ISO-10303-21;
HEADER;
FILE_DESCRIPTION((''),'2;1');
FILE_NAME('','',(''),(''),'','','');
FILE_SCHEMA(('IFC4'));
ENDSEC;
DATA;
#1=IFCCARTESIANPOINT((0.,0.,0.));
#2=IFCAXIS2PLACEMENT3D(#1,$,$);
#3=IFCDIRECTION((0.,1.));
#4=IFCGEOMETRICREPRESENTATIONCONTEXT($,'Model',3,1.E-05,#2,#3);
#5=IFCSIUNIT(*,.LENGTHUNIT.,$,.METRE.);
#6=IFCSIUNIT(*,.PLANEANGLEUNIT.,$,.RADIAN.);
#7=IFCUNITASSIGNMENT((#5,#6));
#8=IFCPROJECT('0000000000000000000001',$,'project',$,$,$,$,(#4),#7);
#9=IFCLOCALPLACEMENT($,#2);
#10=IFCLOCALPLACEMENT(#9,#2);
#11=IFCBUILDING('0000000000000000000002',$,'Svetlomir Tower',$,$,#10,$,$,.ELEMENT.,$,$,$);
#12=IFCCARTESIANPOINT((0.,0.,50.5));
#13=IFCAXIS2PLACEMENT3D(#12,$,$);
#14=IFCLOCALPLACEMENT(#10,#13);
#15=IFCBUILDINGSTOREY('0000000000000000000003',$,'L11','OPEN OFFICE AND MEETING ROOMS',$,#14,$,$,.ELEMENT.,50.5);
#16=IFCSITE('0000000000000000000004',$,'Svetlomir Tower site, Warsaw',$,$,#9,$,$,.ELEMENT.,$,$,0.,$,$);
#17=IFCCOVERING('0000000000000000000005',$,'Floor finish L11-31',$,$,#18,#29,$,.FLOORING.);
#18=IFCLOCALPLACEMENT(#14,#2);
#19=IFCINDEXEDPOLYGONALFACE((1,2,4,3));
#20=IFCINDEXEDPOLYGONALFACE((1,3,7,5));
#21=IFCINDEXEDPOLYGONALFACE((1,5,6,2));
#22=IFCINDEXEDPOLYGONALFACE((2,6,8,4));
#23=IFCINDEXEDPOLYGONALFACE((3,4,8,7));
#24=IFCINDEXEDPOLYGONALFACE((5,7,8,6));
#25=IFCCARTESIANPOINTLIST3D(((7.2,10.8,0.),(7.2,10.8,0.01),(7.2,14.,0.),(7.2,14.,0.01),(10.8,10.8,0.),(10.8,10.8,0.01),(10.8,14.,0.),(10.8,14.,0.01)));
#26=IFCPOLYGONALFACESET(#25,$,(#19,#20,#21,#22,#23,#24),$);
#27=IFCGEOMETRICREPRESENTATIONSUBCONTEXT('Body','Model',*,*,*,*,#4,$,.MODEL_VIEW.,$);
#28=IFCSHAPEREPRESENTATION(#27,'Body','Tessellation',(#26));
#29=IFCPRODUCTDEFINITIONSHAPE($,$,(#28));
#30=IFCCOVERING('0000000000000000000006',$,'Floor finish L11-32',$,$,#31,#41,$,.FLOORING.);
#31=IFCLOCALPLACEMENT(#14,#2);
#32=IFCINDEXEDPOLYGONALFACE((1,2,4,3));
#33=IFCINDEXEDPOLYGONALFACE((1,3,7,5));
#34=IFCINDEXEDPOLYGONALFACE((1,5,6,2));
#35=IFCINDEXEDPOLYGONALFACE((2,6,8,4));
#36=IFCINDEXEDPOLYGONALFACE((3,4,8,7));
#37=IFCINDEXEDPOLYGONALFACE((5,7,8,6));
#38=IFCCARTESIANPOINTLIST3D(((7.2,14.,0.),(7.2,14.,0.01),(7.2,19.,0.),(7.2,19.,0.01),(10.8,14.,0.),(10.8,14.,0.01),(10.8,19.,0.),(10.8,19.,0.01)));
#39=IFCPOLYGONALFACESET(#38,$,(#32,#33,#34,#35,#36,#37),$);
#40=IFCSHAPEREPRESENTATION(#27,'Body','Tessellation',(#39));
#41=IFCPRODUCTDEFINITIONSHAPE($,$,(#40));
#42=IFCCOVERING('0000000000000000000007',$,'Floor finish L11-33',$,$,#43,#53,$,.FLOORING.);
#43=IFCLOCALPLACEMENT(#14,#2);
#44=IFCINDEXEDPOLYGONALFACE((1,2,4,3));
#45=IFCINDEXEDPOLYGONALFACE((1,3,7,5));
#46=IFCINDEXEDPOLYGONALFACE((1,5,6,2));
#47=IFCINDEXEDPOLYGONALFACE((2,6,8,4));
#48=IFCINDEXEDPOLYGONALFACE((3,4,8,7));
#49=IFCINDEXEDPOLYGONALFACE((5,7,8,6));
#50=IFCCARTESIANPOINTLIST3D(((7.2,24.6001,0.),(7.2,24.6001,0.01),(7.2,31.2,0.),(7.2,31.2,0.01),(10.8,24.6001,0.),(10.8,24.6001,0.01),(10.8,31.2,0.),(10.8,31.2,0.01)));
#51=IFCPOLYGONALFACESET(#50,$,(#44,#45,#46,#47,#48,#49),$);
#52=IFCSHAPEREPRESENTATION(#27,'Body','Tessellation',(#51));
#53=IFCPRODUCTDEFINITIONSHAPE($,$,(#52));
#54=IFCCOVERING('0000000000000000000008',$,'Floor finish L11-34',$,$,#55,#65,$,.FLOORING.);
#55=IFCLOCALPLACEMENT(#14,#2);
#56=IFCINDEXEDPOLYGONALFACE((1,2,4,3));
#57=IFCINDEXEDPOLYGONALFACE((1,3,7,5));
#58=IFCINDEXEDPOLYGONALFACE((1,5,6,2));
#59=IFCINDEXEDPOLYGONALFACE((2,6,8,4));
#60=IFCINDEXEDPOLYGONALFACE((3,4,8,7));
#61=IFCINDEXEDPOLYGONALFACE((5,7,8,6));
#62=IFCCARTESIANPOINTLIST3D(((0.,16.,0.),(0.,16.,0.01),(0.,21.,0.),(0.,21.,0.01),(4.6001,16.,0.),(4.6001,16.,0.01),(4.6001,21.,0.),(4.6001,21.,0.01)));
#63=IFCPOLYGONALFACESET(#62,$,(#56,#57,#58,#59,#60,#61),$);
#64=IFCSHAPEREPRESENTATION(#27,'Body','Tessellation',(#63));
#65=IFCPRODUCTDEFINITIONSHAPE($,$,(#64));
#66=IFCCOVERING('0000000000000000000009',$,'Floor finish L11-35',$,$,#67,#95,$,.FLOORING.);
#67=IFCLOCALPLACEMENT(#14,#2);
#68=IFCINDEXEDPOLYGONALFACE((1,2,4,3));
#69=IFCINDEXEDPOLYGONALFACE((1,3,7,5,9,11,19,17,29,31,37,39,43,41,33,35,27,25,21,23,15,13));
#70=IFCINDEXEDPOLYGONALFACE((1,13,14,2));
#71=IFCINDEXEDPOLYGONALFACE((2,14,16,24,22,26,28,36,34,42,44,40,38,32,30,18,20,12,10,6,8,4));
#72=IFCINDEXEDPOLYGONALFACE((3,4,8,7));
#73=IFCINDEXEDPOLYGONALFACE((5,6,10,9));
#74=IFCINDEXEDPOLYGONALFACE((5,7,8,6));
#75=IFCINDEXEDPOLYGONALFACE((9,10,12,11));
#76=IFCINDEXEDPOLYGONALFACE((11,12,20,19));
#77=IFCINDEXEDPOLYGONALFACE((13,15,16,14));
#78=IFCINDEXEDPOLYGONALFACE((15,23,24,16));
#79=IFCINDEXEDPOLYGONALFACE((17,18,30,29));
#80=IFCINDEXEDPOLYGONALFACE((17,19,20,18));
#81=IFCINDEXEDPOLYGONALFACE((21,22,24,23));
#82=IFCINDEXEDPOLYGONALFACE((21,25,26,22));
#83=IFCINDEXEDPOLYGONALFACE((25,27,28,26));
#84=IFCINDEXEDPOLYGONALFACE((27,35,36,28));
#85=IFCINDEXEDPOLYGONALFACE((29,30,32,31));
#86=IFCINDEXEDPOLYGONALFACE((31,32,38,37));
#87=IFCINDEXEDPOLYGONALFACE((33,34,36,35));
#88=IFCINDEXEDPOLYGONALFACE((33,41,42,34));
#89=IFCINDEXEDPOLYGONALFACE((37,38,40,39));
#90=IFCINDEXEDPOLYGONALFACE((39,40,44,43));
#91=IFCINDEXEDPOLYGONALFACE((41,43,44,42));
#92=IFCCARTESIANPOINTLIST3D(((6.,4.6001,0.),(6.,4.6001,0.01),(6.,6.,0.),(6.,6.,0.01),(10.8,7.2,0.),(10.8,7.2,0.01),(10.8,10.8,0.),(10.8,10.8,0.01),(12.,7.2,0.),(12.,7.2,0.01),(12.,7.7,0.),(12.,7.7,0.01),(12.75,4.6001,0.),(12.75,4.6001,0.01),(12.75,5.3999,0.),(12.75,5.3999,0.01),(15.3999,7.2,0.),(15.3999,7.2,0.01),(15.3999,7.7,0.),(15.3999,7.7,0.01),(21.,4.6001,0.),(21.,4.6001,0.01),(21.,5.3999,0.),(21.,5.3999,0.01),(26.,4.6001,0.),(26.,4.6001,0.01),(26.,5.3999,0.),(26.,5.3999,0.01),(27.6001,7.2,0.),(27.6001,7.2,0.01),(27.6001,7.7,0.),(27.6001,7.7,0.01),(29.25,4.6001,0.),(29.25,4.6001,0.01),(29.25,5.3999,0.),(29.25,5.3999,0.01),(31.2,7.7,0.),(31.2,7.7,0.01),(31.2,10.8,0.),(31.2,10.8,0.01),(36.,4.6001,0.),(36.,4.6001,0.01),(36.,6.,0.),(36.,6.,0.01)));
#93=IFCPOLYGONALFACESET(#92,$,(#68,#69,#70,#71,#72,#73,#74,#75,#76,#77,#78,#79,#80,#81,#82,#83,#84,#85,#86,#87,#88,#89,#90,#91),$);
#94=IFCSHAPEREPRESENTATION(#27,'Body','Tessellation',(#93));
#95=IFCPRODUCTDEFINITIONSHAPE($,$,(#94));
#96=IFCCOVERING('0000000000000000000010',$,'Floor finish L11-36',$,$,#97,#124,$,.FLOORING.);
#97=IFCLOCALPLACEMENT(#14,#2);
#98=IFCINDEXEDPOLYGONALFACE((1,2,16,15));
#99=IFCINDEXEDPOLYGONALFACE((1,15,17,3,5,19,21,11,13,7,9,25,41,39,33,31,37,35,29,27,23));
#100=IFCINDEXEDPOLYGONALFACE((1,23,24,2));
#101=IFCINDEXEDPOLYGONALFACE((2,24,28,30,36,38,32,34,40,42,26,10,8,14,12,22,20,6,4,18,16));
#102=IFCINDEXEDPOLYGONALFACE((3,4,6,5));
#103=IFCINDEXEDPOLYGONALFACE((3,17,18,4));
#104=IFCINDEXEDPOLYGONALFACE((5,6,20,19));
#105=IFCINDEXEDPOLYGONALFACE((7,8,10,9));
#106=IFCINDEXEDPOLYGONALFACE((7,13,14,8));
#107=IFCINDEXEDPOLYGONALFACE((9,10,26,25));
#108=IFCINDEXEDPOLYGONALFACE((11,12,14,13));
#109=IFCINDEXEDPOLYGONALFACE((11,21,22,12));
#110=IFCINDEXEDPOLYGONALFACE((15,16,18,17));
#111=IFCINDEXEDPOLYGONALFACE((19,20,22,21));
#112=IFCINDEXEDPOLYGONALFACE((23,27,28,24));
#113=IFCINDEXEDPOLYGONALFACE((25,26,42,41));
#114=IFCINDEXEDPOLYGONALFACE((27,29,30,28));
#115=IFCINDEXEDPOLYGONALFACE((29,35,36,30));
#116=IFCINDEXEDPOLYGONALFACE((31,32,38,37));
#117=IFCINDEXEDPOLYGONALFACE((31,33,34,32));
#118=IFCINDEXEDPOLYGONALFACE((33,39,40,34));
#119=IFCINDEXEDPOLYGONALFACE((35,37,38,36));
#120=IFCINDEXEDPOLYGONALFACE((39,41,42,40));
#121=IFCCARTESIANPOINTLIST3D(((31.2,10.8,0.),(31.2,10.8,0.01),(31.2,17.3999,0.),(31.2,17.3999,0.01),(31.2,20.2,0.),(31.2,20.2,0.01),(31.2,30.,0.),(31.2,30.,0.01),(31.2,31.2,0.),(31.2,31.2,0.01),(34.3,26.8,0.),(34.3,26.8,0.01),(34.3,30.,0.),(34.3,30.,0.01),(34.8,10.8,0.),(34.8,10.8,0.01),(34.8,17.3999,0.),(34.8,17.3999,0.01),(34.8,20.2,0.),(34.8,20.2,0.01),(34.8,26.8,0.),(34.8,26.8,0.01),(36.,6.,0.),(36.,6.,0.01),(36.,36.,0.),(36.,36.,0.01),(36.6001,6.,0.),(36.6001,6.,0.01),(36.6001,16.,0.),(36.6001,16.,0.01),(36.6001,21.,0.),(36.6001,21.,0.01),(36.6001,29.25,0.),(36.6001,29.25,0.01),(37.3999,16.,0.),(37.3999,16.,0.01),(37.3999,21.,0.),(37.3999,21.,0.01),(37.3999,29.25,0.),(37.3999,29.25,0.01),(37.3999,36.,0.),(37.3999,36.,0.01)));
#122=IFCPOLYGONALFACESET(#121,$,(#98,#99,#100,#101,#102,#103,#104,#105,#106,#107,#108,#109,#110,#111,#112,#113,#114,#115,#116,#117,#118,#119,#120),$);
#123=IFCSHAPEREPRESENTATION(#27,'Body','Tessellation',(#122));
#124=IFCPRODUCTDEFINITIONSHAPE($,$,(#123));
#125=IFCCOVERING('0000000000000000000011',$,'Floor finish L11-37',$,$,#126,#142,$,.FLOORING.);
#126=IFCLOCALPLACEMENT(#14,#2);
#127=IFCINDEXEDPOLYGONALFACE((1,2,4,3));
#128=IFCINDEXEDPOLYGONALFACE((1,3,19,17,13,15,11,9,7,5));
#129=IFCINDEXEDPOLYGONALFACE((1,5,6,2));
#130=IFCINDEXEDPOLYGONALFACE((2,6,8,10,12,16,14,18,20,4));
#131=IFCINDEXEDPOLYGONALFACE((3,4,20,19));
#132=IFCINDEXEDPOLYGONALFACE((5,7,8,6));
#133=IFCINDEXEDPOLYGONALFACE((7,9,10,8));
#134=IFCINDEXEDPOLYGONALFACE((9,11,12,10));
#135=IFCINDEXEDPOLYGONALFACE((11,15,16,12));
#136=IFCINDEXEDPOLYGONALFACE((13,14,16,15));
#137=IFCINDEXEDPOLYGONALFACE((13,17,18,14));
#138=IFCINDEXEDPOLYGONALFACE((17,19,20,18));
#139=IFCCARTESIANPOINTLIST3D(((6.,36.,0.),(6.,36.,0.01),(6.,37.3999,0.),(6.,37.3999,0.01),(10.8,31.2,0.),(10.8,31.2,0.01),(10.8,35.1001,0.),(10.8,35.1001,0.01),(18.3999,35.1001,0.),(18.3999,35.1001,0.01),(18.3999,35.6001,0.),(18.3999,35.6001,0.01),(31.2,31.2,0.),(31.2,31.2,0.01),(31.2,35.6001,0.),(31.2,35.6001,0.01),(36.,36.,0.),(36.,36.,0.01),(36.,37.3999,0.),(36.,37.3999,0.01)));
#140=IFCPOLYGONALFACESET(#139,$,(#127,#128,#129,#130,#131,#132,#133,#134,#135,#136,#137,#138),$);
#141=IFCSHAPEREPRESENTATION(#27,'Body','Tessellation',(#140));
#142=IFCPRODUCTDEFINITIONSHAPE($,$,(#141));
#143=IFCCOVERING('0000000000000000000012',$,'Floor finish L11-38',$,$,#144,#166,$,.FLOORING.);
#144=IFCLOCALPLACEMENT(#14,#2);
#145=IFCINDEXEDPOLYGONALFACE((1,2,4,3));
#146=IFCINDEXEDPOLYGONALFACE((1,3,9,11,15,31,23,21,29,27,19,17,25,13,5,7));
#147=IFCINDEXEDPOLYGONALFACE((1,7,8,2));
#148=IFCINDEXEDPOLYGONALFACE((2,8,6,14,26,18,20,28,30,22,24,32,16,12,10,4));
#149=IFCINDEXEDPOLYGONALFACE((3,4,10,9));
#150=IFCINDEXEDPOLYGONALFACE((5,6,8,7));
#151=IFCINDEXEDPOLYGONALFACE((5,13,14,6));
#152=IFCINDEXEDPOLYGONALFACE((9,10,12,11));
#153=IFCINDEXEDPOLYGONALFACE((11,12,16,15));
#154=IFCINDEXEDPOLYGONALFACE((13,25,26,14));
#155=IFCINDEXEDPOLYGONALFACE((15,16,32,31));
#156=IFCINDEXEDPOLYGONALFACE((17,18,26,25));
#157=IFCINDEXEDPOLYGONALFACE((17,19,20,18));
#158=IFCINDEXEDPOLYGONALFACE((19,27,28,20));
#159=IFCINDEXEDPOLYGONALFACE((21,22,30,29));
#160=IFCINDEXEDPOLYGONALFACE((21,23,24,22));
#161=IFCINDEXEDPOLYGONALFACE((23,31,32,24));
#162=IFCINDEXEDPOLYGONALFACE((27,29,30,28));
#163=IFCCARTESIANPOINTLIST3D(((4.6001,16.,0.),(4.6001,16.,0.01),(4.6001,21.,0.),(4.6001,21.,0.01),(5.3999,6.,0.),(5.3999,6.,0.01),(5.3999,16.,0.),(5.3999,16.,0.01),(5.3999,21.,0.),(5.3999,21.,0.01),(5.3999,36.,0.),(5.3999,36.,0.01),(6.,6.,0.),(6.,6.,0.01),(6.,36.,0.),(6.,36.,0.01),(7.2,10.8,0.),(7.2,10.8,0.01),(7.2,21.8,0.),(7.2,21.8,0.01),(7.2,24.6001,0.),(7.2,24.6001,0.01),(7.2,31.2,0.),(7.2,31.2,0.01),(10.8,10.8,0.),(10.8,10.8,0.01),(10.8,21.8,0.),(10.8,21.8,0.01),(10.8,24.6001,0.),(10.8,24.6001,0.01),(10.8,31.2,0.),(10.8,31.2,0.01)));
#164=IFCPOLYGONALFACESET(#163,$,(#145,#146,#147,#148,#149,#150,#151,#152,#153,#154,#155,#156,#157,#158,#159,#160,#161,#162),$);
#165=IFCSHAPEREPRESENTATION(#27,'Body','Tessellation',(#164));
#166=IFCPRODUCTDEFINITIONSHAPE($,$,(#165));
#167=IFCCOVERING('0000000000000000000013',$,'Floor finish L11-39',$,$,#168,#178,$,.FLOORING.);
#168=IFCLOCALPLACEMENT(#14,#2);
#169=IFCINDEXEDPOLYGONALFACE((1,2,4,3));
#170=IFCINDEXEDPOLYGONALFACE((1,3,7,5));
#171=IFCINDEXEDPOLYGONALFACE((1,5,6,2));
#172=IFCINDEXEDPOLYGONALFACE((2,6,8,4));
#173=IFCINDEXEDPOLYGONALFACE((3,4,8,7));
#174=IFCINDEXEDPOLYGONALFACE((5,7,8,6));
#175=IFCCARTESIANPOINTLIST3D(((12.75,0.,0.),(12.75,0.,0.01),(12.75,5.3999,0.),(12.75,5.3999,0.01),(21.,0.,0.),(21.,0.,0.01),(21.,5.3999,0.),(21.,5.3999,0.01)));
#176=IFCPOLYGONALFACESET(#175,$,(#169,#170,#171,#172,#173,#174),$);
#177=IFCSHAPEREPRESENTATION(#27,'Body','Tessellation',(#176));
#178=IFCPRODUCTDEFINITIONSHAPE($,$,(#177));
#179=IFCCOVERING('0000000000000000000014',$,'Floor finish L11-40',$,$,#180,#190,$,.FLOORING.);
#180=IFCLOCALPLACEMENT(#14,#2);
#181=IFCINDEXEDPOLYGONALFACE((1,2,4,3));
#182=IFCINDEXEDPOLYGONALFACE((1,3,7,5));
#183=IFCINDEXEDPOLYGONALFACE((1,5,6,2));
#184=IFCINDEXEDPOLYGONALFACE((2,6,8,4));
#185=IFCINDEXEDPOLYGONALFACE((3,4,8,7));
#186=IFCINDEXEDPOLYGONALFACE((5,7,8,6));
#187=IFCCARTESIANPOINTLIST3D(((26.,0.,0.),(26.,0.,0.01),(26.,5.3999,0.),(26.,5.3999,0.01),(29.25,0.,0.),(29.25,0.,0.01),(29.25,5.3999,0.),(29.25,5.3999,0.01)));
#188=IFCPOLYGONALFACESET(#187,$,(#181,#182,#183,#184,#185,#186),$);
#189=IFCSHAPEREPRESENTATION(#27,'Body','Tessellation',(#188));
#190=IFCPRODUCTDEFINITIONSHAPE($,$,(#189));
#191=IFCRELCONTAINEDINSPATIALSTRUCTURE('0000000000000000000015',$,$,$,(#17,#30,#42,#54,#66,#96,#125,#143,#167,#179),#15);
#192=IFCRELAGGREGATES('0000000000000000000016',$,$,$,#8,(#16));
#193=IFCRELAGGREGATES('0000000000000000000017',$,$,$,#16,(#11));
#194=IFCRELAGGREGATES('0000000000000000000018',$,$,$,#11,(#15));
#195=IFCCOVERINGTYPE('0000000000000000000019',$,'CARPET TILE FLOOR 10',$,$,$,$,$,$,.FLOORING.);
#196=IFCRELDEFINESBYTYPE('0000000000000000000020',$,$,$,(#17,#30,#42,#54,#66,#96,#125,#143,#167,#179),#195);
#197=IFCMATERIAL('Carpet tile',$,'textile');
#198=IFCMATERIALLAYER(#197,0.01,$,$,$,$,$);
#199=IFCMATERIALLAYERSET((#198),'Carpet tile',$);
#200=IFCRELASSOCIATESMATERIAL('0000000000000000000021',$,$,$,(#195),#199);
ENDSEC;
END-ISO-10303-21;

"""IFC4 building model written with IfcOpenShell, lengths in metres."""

from ifc_helpers import new_model, si_unit, direction, frame, origin, place, context, subcontext, project, spatial, polyline, outline, extrude, material, layer, layer_set, type_object, element, save


model = new_model("IFC4")

# Units and contexts
model_context = context("Model", 3, precision=1e-05, world=origin(), true_north=direction((0.0, 1.0)))
body_context = subcontext(model_context, "Body", "Model", "MODEL_VIEW")
ifc_project = project(units=[si_unit("LENGTHUNIT", "METRE"), si_unit("PLANEANGLEUNIT", "RADIAN")], contexts=[model_context])

# Site, building, storey
site_placement = place(None, origin())
site = spatial("IfcSite", under=ifc_project, at=site_placement, Name="Svetlomir Tower site, Warsaw", CompositionType="ELEMENT", RefElevation=0.0)
building_placement = place(site_placement, origin())
building = spatial("IfcBuilding", under=site, at=building_placement, Name="Svetlomir Tower", CompositionType="ELEMENT")
storey_placement = place(building_placement, frame((0.0, 0.0, 50.5)))
storey = spatial("IfcBuildingStorey", under=building, at=storey_placement, Name="L11", Description="OPEN OFFICE AND MEETING ROOMS", CompositionType="ELEMENT", Elevation=50.5)

# Coverings
ifc_material_1 = material(Name="Carpet tile", Category="textile")
ifc_layer_1 = layer(ifc_material_1, 0.01)
ifc_layer_set_1 = layer_set([ifc_layer_1], Name="Carpet tile")
covering_type_1 = type_object("IfcCoveringType", Name="CARPET TILE FLOOR 10", PredefinedType="FLOORING", material=ifc_layer_set_1)
covering_1_placement = place(storey_placement, origin())
element("IfcCovering", 1, at=covering_1_placement, inside=storey, type_object=covering_type_1, Name="Floor finish L11-31", PredefinedType="FLOORING", context=body_context, shape_type="SweptSolid", body=[
    extrude(outline(polyline([(7.2, 10.8), (10.8, 10.8), (10.8, 14.0), (7.2, 14.0), (7.2, 10.8)])), origin(), (0.0, 0.0, 1.0), 0.01),
])
covering_2_placement = place(storey_placement, origin())
element("IfcCovering", 2, at=covering_2_placement, inside=storey, type_object=covering_type_1, Name="Floor finish L11-32", PredefinedType="FLOORING", context=body_context, shape_type="SweptSolid", body=[
    extrude(outline(polyline([(7.2, 14.0), (10.8, 14.0), (10.8, 19.0), (7.2, 19.0), (7.2, 14.0)])), origin(), (0.0, 0.0, 1.0), 0.01),
])
covering_3_placement = place(storey_placement, origin())
element("IfcCovering", 3, at=covering_3_placement, inside=storey, type_object=covering_type_1, Name="Floor finish L11-33", PredefinedType="FLOORING", context=body_context, shape_type="SweptSolid", body=[
    extrude(outline(polyline([(7.2, 24.6001), (10.8, 24.6001), (10.8, 31.2), (7.2, 31.2), (7.2, 24.6001)])), origin(), (0.0, 0.0, 1.0), 0.01),
])
covering_4_placement = place(storey_placement, origin())
element("IfcCovering", 4, at=covering_4_placement, inside=storey, type_object=covering_type_1, Name="Floor finish L11-34", PredefinedType="FLOORING", context=body_context, shape_type="SweptSolid", body=[
    extrude(outline(polyline([(0.0, 16.0), (4.6001, 16.0), (4.6001, 21.0), (0.0, 21.0), (0.0, 16.0)])), origin(), (0.0, 0.0, 1.0), 0.01),
])
covering_5_placement = place(storey_placement, origin())
element("IfcCovering", 5, at=covering_5_placement, inside=storey, type_object=covering_type_1, Name="Floor finish L11-35", PredefinedType="FLOORING", context=body_context, shape_type="SweptSolid", body=[
    extrude(outline(polyline([(6.0, 6.0), (10.8, 10.8), (10.8, 7.2), (12.0, 7.2), (12.0, 7.7), (15.3999, 7.7), (15.3999, 7.2), (27.6001, 7.2), (27.6001, 7.7), (31.2, 7.7), (31.2, 10.8), (36.0, 6.0), (36.0, 4.6001), (29.25, 4.6001), (29.25, 5.3999), (26.0, 5.3999), (26.0, 4.6001), (21.0, 4.6001), (21.0, 5.3999), (12.75, 5.3999), (12.75, 4.6001), (6.0, 4.6001), (6.0, 6.0)])), origin(), (0.0, 0.0, 1.0), 0.01),
])
covering_6_placement = place(storey_placement, origin())
element("IfcCovering", 6, at=covering_6_placement, inside=storey, type_object=covering_type_1, Name="Floor finish L11-36", PredefinedType="FLOORING", context=body_context, shape_type="SweptSolid", body=[
    extrude(outline(polyline([(31.2, 17.3999), (31.2, 20.2), (34.8, 20.2), (34.8, 26.8), (34.3, 26.8), (34.3, 30.0), (31.2, 30.0), (31.2, 31.2), (36.0, 36.0), (37.3999, 36.0), (37.3999, 29.25), (36.6001, 29.25), (36.6001, 21.0), (37.3999, 21.0), (37.3999, 16.0), (36.6001, 16.0), (36.6001, 6.0), (36.0, 6.0), (31.2, 10.8), (34.8, 10.8), (34.8, 17.3999), (31.2, 17.3999)])), origin(), (0.0, 0.0, 1.0), 0.01),
])
covering_7_placement = place(storey_placement, origin())
element("IfcCovering", 7, at=covering_7_placement, inside=storey, type_object=covering_type_1, Name="Floor finish L11-37", PredefinedType="FLOORING", context=body_context, shape_type="SweptSolid", body=[
    extrude(outline(polyline([(6.0, 37.3999), (36.0, 37.3999), (36.0, 36.0), (31.2, 31.2), (31.2, 35.6001), (18.3999, 35.6001), (18.3999, 35.1001), (10.8, 35.1001), (10.8, 31.2), (6.0, 36.0), (6.0, 37.3999)])), origin(), (0.0, 0.0, 1.0), 0.01),
])
covering_8_placement = place(storey_placement, origin())
element("IfcCovering", 8, at=covering_8_placement, inside=storey, type_object=covering_type_1, Name="Floor finish L11-38", PredefinedType="FLOORING", context=body_context, shape_type="SweptSolid", body=[
    extrude(outline(polyline([(5.3999, 6.0), (5.3999, 16.0), (4.6001, 16.0), (4.6001, 21.0), (5.3999, 21.0), (5.3999, 36.0), (6.0, 36.0), (10.8, 31.2), (7.2, 31.2), (7.2, 24.6001), (10.8, 24.6001), (10.8, 21.8), (7.2, 21.8), (7.2, 10.8), (10.8, 10.8), (6.0, 6.0), (5.3999, 6.0)])), origin(), (0.0, 0.0, 1.0), 0.01),
])
covering_9_placement = place(storey_placement, origin())
element("IfcCovering", 9, at=covering_9_placement, inside=storey, type_object=covering_type_1, Name="Floor finish L11-39", PredefinedType="FLOORING", context=body_context, shape_type="SweptSolid", body=[
    extrude(outline(polyline([(12.75, 5.3999), (21.0, 5.3999), (21.0, 0.0), (12.75, 0.0), (12.75, 5.3999)])), origin(), (0.0, 0.0, 1.0), 0.01),
])
covering_10_placement = place(storey_placement, origin())
element("IfcCovering", 10, at=covering_10_placement, inside=storey, type_object=covering_type_1, Name="Floor finish L11-40", PredefinedType="FLOORING", context=body_context, shape_type="SweptSolid", body=[
    extrude(outline(polyline([(26.0, 0.0), (26.0, 5.3999), (29.25, 5.3999), (29.25, 0.0), (26.0, 0.0)])), origin(), (0.0, 0.0, 1.0), 0.01),
])

save(model, "model.ifc")
